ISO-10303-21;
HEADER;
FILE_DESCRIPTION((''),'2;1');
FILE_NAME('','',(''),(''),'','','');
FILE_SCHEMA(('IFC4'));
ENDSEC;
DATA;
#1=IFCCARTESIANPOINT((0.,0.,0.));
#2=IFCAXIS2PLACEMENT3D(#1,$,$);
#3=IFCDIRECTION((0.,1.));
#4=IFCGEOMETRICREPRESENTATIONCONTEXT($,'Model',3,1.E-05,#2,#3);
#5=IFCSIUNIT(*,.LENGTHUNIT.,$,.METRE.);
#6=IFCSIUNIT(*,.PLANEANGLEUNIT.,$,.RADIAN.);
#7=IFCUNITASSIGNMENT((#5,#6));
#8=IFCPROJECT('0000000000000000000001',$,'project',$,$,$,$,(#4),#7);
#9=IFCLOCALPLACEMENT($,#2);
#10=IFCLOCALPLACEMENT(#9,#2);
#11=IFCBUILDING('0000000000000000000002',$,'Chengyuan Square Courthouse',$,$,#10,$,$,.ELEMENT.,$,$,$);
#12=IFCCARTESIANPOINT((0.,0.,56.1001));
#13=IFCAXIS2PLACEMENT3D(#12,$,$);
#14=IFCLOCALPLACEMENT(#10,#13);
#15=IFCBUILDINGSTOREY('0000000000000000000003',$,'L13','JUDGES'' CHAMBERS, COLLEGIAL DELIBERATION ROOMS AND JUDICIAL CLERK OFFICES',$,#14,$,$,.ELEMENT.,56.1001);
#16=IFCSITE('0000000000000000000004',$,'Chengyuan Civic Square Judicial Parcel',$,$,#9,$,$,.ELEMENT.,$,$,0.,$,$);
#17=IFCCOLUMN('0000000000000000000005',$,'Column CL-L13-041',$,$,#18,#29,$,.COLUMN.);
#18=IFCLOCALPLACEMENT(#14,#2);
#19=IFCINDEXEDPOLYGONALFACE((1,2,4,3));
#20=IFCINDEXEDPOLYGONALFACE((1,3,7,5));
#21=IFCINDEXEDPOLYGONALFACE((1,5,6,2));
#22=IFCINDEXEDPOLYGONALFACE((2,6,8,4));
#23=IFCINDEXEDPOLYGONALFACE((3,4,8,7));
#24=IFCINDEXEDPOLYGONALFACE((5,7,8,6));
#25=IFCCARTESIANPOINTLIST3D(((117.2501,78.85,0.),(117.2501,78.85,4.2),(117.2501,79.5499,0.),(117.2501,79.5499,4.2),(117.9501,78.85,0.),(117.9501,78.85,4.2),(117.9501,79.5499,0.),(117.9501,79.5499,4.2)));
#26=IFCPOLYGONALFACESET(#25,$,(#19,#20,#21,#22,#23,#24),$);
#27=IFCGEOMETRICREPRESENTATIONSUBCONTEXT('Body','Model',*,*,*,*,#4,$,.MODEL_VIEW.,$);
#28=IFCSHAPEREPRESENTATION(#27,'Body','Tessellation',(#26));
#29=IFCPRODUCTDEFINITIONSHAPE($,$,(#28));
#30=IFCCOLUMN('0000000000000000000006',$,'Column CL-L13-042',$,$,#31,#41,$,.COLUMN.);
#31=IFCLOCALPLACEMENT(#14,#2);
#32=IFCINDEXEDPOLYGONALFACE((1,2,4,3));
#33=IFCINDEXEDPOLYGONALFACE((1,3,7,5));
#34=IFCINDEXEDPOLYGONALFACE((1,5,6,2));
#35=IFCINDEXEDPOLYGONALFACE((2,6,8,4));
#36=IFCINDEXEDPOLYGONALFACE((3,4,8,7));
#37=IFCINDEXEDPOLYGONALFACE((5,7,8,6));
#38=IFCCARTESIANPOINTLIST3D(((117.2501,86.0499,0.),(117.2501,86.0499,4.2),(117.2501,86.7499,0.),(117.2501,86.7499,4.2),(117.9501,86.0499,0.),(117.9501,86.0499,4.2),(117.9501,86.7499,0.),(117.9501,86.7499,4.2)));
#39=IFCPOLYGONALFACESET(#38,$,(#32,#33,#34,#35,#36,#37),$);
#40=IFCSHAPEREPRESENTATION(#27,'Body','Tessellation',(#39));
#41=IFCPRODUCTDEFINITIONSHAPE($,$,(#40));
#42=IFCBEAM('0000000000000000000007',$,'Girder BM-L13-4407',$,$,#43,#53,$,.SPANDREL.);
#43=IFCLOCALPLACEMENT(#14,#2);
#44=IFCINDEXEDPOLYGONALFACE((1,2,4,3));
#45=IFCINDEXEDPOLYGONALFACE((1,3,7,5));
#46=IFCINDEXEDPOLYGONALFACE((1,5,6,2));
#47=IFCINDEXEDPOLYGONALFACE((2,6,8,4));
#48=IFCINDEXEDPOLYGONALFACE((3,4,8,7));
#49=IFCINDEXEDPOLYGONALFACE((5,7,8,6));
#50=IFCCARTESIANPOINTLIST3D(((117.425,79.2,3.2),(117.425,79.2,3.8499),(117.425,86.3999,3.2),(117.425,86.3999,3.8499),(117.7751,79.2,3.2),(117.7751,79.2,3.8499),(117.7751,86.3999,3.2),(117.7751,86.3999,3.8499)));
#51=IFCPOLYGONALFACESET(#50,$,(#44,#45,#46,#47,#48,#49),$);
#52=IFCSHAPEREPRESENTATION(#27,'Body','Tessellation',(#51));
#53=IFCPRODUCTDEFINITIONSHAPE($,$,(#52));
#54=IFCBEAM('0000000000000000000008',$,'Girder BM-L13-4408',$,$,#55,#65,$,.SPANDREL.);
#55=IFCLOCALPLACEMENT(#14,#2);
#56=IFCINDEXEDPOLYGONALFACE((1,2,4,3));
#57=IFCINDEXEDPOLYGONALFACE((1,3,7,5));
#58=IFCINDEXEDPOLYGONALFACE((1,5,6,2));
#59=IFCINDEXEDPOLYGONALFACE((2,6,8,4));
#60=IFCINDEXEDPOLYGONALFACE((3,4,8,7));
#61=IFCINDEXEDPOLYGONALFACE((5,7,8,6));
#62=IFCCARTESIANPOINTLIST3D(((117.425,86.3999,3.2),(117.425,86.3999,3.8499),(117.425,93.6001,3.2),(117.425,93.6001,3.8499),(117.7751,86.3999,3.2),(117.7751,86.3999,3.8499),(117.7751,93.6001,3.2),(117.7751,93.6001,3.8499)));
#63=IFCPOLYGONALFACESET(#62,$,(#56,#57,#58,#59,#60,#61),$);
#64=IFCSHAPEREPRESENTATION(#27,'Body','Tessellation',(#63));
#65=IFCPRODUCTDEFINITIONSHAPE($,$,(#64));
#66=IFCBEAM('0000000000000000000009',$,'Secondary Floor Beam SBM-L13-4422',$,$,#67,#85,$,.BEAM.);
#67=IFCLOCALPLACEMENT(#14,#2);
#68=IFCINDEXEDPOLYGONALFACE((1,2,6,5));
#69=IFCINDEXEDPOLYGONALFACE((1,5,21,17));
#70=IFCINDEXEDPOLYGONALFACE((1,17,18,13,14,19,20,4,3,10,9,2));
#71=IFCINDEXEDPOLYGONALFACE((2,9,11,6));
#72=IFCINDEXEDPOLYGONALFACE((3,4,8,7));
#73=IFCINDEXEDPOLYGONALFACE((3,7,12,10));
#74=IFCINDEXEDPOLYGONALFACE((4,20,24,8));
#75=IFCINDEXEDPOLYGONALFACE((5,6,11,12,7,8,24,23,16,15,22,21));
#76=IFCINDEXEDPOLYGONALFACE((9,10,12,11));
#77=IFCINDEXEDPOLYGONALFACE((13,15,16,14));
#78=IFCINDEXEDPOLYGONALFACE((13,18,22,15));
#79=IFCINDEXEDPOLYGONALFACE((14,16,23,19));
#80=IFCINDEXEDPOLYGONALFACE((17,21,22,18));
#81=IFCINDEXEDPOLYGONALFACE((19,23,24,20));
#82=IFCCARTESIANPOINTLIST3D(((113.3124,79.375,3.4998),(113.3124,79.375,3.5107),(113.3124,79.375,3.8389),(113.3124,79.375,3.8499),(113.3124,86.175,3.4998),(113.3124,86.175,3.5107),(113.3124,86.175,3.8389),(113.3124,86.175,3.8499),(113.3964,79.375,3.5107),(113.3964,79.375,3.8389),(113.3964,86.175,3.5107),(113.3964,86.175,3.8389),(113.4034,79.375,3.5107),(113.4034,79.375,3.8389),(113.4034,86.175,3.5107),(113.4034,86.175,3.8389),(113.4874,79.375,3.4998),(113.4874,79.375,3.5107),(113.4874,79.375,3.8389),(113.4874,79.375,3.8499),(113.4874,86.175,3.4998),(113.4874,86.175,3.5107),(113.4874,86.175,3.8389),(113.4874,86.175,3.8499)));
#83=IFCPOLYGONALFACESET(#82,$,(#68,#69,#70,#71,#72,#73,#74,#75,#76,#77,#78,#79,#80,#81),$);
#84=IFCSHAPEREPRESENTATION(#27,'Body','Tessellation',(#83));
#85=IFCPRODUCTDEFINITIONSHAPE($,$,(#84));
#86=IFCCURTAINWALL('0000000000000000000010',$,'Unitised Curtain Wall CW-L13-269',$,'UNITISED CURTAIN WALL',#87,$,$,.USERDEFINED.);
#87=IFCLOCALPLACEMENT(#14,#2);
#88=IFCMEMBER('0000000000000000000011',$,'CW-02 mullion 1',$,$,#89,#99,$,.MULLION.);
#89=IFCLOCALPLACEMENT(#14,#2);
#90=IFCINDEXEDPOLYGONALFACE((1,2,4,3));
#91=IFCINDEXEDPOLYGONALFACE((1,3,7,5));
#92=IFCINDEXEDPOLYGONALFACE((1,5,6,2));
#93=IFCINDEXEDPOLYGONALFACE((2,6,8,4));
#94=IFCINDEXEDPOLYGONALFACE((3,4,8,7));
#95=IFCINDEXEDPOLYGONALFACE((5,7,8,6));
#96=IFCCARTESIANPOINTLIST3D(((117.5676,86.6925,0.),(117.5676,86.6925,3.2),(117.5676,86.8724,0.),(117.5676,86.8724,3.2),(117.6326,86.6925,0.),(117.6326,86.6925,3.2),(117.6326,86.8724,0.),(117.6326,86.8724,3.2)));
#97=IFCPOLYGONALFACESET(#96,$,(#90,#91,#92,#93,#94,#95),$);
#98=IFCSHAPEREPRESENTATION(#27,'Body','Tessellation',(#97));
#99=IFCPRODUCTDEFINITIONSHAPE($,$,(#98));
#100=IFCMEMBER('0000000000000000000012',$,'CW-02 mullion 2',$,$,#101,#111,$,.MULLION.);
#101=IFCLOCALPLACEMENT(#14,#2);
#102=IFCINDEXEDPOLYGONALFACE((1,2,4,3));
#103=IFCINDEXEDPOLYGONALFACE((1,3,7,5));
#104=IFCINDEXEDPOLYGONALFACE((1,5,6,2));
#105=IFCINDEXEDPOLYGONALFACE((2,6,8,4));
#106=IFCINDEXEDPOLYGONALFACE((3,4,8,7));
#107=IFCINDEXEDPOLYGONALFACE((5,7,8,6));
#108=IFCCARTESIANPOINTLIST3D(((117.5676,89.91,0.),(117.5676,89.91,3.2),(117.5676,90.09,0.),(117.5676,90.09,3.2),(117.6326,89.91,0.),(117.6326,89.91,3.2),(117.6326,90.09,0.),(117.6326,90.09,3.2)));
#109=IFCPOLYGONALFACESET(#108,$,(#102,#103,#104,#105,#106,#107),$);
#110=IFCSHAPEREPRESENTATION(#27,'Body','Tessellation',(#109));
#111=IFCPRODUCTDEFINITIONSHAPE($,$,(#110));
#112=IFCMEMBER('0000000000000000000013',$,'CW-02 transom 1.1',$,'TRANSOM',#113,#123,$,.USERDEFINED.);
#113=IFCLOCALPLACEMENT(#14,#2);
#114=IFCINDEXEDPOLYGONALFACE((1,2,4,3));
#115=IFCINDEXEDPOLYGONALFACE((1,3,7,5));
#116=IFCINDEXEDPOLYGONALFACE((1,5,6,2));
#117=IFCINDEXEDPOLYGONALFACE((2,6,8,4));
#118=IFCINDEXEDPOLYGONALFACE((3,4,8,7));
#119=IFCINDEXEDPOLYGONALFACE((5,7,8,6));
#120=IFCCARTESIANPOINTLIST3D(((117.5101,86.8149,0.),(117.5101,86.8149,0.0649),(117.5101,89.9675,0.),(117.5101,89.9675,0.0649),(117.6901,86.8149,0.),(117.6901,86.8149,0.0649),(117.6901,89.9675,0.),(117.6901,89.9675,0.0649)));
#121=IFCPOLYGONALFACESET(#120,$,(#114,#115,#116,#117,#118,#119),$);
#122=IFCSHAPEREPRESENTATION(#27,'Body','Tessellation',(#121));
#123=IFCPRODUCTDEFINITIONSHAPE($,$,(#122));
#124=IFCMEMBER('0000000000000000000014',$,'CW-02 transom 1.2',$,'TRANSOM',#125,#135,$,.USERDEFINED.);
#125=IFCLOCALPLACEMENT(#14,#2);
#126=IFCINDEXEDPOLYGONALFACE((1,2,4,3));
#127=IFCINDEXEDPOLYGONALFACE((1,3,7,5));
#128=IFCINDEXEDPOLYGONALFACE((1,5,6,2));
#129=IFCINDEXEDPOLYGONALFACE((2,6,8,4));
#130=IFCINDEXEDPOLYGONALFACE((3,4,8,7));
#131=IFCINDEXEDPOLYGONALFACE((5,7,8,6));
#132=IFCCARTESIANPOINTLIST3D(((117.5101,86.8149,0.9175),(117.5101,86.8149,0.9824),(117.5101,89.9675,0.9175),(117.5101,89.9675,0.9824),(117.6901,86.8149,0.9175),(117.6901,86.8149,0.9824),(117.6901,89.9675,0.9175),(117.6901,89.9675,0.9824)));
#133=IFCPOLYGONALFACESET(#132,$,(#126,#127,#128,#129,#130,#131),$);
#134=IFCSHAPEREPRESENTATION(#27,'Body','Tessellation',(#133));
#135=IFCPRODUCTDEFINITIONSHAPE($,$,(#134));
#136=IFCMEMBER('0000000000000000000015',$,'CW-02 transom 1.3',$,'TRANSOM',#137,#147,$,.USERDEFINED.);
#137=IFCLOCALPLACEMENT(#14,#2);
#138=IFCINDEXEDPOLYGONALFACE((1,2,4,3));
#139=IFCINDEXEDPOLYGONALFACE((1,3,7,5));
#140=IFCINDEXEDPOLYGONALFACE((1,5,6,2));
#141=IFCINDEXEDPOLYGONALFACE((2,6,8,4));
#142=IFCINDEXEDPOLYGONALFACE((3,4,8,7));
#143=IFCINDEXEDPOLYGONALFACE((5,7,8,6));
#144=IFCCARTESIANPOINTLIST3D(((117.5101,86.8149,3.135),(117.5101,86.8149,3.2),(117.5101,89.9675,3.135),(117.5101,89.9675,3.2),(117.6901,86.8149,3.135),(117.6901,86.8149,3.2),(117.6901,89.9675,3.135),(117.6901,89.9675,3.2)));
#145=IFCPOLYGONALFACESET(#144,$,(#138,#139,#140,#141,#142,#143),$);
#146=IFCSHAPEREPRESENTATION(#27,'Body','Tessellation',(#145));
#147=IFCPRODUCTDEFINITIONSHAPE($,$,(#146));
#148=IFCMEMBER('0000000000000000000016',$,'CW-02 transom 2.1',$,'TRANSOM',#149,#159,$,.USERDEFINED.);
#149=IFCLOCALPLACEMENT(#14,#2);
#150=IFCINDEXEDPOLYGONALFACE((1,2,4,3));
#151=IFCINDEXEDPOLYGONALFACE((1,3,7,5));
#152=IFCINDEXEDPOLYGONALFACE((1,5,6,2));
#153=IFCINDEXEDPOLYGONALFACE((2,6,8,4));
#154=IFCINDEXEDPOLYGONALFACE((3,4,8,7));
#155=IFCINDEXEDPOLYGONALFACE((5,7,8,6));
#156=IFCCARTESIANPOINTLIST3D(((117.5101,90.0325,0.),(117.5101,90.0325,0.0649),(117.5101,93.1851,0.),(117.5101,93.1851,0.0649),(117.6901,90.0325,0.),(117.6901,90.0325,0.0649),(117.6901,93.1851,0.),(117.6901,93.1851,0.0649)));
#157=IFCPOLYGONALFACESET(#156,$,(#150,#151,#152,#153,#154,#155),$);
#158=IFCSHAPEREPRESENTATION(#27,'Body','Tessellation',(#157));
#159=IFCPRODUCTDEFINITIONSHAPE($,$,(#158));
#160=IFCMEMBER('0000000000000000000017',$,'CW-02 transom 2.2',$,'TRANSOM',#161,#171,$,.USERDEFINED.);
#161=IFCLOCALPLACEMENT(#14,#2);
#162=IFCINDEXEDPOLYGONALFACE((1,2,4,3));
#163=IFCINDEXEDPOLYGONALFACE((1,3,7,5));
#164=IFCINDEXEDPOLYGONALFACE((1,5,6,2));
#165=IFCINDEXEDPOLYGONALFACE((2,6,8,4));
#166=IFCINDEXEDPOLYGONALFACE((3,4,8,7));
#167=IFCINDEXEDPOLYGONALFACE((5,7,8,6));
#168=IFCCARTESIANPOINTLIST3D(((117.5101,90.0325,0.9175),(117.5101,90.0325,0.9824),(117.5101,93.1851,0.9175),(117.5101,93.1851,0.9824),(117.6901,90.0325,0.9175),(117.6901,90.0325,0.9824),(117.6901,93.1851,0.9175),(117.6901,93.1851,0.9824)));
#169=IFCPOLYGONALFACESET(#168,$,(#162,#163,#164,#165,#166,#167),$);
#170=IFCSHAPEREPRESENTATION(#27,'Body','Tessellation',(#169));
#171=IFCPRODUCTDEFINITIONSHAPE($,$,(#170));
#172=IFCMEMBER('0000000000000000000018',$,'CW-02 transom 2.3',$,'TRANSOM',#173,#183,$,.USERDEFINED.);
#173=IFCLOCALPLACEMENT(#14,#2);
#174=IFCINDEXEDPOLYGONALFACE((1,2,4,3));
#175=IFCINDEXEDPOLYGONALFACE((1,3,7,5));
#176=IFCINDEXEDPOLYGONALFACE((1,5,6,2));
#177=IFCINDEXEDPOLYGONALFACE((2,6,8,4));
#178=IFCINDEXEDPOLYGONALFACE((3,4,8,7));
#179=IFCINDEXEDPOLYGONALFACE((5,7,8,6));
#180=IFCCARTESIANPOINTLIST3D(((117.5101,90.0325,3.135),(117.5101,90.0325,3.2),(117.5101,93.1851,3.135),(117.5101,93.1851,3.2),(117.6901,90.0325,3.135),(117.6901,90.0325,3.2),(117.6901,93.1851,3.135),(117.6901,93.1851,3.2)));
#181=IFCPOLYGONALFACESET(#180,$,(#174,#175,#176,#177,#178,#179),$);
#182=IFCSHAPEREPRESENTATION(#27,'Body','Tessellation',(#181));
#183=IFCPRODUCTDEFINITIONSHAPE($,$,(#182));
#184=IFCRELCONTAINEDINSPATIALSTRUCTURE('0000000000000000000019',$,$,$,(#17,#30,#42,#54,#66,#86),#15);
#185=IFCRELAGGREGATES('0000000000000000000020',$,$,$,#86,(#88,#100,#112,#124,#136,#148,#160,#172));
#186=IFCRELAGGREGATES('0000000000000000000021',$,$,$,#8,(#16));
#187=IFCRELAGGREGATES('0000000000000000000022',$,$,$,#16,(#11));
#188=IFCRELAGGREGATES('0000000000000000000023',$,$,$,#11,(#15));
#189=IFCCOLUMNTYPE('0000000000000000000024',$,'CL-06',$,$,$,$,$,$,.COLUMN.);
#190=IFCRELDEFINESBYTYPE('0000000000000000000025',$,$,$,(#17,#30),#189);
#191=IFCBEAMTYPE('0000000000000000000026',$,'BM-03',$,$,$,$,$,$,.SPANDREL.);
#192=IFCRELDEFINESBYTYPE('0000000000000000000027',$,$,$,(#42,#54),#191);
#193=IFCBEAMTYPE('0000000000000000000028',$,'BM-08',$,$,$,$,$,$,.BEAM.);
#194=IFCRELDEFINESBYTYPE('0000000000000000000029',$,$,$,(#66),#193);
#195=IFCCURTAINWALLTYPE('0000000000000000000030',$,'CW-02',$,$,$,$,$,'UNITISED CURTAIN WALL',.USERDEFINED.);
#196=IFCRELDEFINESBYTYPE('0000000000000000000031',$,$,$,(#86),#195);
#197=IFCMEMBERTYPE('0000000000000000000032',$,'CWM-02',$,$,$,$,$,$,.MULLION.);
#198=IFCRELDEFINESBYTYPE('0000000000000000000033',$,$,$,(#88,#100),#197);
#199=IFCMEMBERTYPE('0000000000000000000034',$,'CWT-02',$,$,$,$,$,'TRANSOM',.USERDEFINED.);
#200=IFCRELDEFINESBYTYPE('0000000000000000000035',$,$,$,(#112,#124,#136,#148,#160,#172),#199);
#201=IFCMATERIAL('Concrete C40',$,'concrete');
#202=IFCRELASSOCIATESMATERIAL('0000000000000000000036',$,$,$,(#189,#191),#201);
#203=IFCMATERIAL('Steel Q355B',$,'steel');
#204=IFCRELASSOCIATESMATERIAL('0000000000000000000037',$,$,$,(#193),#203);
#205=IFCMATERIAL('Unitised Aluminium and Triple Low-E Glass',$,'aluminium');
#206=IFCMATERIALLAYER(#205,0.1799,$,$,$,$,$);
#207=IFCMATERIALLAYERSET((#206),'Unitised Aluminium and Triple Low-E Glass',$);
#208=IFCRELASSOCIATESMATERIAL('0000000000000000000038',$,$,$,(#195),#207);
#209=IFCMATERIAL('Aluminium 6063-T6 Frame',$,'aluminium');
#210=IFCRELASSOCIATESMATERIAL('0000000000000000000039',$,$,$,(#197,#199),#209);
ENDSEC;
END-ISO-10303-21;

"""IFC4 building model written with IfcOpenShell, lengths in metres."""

from ifc_helpers import new_model, si_unit, direction, frame, origin, origin_2d, place, context, subcontext, project, spatial, rectangle, i_section, extrude, material, layer, layer_set, material_profile, profile_set, type_object, element, aggregate, save


model = new_model("IFC4")

# Units and contexts
model_context = context("Model", 3, precision=1e-05, world=origin(), true_north=direction((0.0, 1.0)))
body_context = subcontext(model_context, "Body", "Model", "MODEL_VIEW")
ifc_project = project(units=[si_unit("LENGTHUNIT", "METRE"), si_unit("PLANEANGLEUNIT", "RADIAN")], contexts=[model_context])

# Site, building, storey
site_placement = place(None, origin())
site = spatial("IfcSite", under=ifc_project, at=site_placement, Name="Chengyuan Civic Square Judicial Parcel", CompositionType="ELEMENT", RefElevation=0.0)
building_placement = place(site_placement, origin())
building = spatial("IfcBuilding", under=site, at=building_placement, Name="Chengyuan Square Courthouse", CompositionType="ELEMENT")
storey_placement = place(building_placement, frame((0.0, 0.0, 56.1001)))
storey = spatial("IfcBuildingStorey", under=building, at=storey_placement, Name="L13", Description="JUDGES' CHAMBERS, COLLEGIAL DELIBERATION ROOMS AND JUDICIAL CLERK OFFICES", CompositionType="ELEMENT", Elevation=56.1001)

# Columns
ifc_material_1 = material(Name="Concrete C40", Category="concrete")
ifc_material_profile_1 = material_profile(ifc_material_1, rectangle(XDim=0.7, YDim=0.7, at=origin_2d()), Name="RC-COL-700x700")
ifc_profile_set_1 = profile_set([ifc_material_profile_1], Name="Concrete C40")
column_type = type_object("IfcColumnType", Name="CL-06", PredefinedType="COLUMN", material=ifc_profile_set_1)
for number, where, z_axis, x_axis, name in (
    (1, (117.6001, 79.2, 0.0), (0.0, 0.0, 1.0), (1.0, 0.0, 0.0), "Column CL-L13-041"),
    (2, (117.6001, 86.3999, 0.0), (0.0, 0.0, 1.0), (1.0, 0.0, 0.0), "Column CL-L13-042"),
):
    element("IfcColumn", number, at=place(storey_placement, frame(where, z_axis=z_axis, x_axis=x_axis)), inside=storey, type_object=column_type, Name=name, PredefinedType="COLUMN", context=body_context, shape_type="SweptSolid", body=[
        extrude(rectangle(XDim=0.7, YDim=0.7, at=origin_2d()), origin(), (0.0, 0.0, 1.0), 4.2),
    ])

# Beams
ifc_material_profile_2 = material_profile(ifc_material_1, rectangle(XDim=0.3501, YDim=0.6499, at=origin_2d()), Name="RC-BM-350x650")
ifc_profile_set_2 = profile_set([ifc_material_profile_2], Name="Concrete C40")
beam_type_1 = type_object("IfcBeamType", Name="BM-03", PredefinedType="SPANDREL", material=ifc_profile_set_2)
beam_1_placement = place(storey_placement, frame((117.6001, 79.2, 3.5249), z_axis=(0.0, 1.0, 0.0), x_axis=(-1.0, 0.0, 0.0)))
element("IfcBeam", 3, at=beam_1_placement, inside=storey, type_object=beam_type_1, Name="Girder BM-L13-4407", PredefinedType="SPANDREL", context=body_context, shape_type="SweptSolid", body=[
    extrude(rectangle(XDim=0.3501, YDim=0.6499, at=origin_2d()), origin(), (0.0, 0.0, 1.0), 7.2),
])
beam_2_placement = place(storey_placement, frame((117.6001, 86.3999, 3.5249), z_axis=(0.0, 1.0, 0.0), x_axis=(-1.0, 0.0, 0.0)))
element("IfcBeam", 4, at=beam_2_placement, inside=storey, type_object=beam_type_1, Name="Girder BM-L13-4408", PredefinedType="SPANDREL", context=body_context, shape_type="SweptSolid", body=[
    extrude(rectangle(XDim=0.3501, YDim=0.6499, at=origin_2d()), origin(), (0.0, 0.0, 1.0), 7.2002),
])
ifc_material_2 = material(Name="Steel Q355B", Category="steel")
ifc_material_profile_3 = material_profile(ifc_material_2, i_section(OverallWidth=0.175, OverallDepth=0.3501, WebThickness=0.0071, FlangeThickness=0.011, at=origin_2d()), Name="HN 350x175x7x11")
ifc_profile_set_3 = profile_set([ifc_material_profile_3], Name="Steel Q355B")
beam_type_2 = type_object("IfcBeamType", Name="BM-08", PredefinedType="BEAM", material=ifc_profile_set_3)
beam_3_placement = place(storey_placement, frame((113.3999, 79.375, 3.6748), z_axis=(0.0, 1.0, 0.0), x_axis=(-1.0, 0.0, 0.0)))
element("IfcBeam", 5, at=beam_3_placement, inside=storey, type_object=beam_type_2, Name="Secondary Floor Beam SBM-L13-4422", PredefinedType="BEAM", context=body_context, shape_type="SweptSolid", body=[
    extrude(i_section(OverallWidth=0.175, OverallDepth=0.3501, WebThickness=0.0071, FlangeThickness=0.011, at=origin_2d()), origin(), (0.0, 0.0, 1.0), 6.8),
])

# Curtain wall, members
ifc_material_3 = material(Name="Unitised Aluminium and Triple Low-E Glass", Category="aluminium")
ifc_layer_1 = layer(ifc_material_3, 0.1799)
ifc_layer_set_1 = layer_set([ifc_layer_1], Name="Unitised Aluminium and Triple Low-E Glass")
curtain_wall_type = type_object("IfcCurtainWallType", Name="CW-02", ElementType="UNITISED CURTAIN WALL", PredefinedType="USERDEFINED", material=ifc_layer_set_1)
curtain_wall_placement = place(storey_placement, origin())
curtain_wall = element("IfcCurtainWall", 6, at=curtain_wall_placement, inside=storey, type_object=curtain_wall_type, Name="Unitised Curtain Wall CW-L13-269", ObjectType="UNITISED CURTAIN WALL", PredefinedType="USERDEFINED")
ifc_material_4 = material(Name="Aluminium 6063-T6 Frame", Category="aluminium")
ifc_material_profile_4 = material_profile(ifc_material_4, rectangle(XDim=0.0649, YDim=0.1799, at=origin_2d()), Name="CW-MUL-65x180")
ifc_profile_set_4 = profile_set([ifc_material_profile_4], Name="Aluminium 6063-T6 Frame")
member_type_1 = type_object("IfcMemberType", Name="CWM-02", PredefinedType="MULLION", material=ifc_profile_set_4)
member_1_placement = place(storey_placement, frame((117.6001, 86.7825, 0.0), z_axis=(0.0, 0.0, 1.0), x_axis=(-1.0, 0.0, 0.0)))
member_1 = element("IfcMember", 7, at=member_1_placement, type_object=member_type_1, Name="CW-02 mullion 1", PredefinedType="MULLION", context=body_context, shape_type="SweptSolid", body=[
    extrude(rectangle(XDim=0.0649, YDim=0.1799, at=origin_2d()), origin(), (0.0, 0.0, 1.0), 3.2),
])
member_2_placement = place(storey_placement, frame((117.6001, 90.0, 0.0), z_axis=(0.0, 0.0, 1.0), x_axis=(-1.0, 0.0, 0.0)))
member_2 = element("IfcMember", 8, at=member_2_placement, type_object=member_type_1, Name="CW-02 mullion 2", PredefinedType="MULLION", context=body_context, shape_type="SweptSolid", body=[
    extrude(rectangle(XDim=0.0649, YDim=0.1799, at=origin_2d()), origin(), (0.0, 0.0, 1.0), 3.2),
])
ifc_material_profile_5 = material_profile(ifc_material_4, rectangle(XDim=0.1799, YDim=0.0649, at=origin_2d()), Name="CW-TRN-65x140")
ifc_profile_set_5 = profile_set([ifc_material_profile_5], Name="Aluminium 6063-T6 Frame")
member_type_2 = type_object("IfcMemberType", Name="CWT-02", ElementType="TRANSOM", PredefinedType="USERDEFINED", material=ifc_profile_set_5)
member_3_placement = place(storey_placement, frame((117.6001, 86.8149, 0.0325), z_axis=(0.0, 1.0, 0.0), x_axis=(-1.0, 0.0, 0.0)))
member_3 = element("IfcMember", 9, at=member_3_placement, type_object=member_type_2, Name="CW-02 transom 1.1", ObjectType="TRANSOM", PredefinedType="USERDEFINED", context=body_context, shape_type="SweptSolid", body=[
    extrude(rectangle(XDim=0.1799, YDim=0.0649, at=origin_2d()), origin(), (0.0, 0.0, 1.0), 3.1526),
])
member_4_placement = place(storey_placement, frame((117.6001, 86.8149, 0.95), z_axis=(0.0, 1.0, 0.0), x_axis=(-1.0, 0.0, 0.0)))
member_4 = element("IfcMember", 10, at=member_4_placement, type_object=member_type_2, Name="CW-02 transom 1.2", ObjectType="TRANSOM", PredefinedType="USERDEFINED", context=body_context, shape_type="SweptSolid", body=[
    extrude(rectangle(XDim=0.1799, YDim=0.0649, at=origin_2d()), origin(), (0.0, 0.0, 1.0), 3.1526),
])
member_5_placement = place(storey_placement, frame((117.6001, 86.8149, 3.1675), z_axis=(0.0, 1.0, 0.0), x_axis=(-1.0, 0.0, 0.0)))
member_5 = element("IfcMember", 11, at=member_5_placement, type_object=member_type_2, Name="CW-02 transom 1.3", ObjectType="TRANSOM", PredefinedType="USERDEFINED", context=body_context, shape_type="SweptSolid", body=[
    extrude(rectangle(XDim=0.1799, YDim=0.0649, at=origin_2d()), origin(), (0.0, 0.0, 1.0), 3.1526),
])
member_6_placement = place(storey_placement, frame((117.6001, 90.0325, 0.0325), z_axis=(0.0, 1.0, 0.0), x_axis=(-1.0, 0.0, 0.0)))
member_6 = element("IfcMember", 12, at=member_6_placement, type_object=member_type_2, Name="CW-02 transom 2.1", ObjectType="TRANSOM", PredefinedType="USERDEFINED", context=body_context, shape_type="SweptSolid", body=[
    extrude(rectangle(XDim=0.1799, YDim=0.0649, at=origin_2d()), origin(), (0.0, 0.0, 1.0), 3.1526),
])
member_7_placement = place(storey_placement, frame((117.6001, 90.0325, 0.95), z_axis=(0.0, 1.0, 0.0), x_axis=(-1.0, 0.0, 0.0)))
member_7 = element("IfcMember", 13, at=member_7_placement, type_object=member_type_2, Name="CW-02 transom 2.2", ObjectType="TRANSOM", PredefinedType="USERDEFINED", context=body_context, shape_type="SweptSolid", body=[
    extrude(rectangle(XDim=0.1799, YDim=0.0649, at=origin_2d()), origin(), (0.0, 0.0, 1.0), 3.1526),
])
member_8_placement = place(storey_placement, frame((117.6001, 90.0325, 3.1675), z_axis=(0.0, 1.0, 0.0), x_axis=(-1.0, 0.0, 0.0)))
member_8 = element("IfcMember", 14, at=member_8_placement, type_object=member_type_2, Name="CW-02 transom 2.3", ObjectType="TRANSOM", PredefinedType="USERDEFINED", context=body_context, shape_type="SweptSolid", body=[
    extrude(rectangle(XDim=0.1799, YDim=0.0649, at=origin_2d()), origin(), (0.0, 0.0, 1.0), 3.1526),
])
aggregate(curtain_wall, [member_1, member_2, member_3, member_4, member_5, member_6, member_7, member_8])

save(model, "model.ifc")
